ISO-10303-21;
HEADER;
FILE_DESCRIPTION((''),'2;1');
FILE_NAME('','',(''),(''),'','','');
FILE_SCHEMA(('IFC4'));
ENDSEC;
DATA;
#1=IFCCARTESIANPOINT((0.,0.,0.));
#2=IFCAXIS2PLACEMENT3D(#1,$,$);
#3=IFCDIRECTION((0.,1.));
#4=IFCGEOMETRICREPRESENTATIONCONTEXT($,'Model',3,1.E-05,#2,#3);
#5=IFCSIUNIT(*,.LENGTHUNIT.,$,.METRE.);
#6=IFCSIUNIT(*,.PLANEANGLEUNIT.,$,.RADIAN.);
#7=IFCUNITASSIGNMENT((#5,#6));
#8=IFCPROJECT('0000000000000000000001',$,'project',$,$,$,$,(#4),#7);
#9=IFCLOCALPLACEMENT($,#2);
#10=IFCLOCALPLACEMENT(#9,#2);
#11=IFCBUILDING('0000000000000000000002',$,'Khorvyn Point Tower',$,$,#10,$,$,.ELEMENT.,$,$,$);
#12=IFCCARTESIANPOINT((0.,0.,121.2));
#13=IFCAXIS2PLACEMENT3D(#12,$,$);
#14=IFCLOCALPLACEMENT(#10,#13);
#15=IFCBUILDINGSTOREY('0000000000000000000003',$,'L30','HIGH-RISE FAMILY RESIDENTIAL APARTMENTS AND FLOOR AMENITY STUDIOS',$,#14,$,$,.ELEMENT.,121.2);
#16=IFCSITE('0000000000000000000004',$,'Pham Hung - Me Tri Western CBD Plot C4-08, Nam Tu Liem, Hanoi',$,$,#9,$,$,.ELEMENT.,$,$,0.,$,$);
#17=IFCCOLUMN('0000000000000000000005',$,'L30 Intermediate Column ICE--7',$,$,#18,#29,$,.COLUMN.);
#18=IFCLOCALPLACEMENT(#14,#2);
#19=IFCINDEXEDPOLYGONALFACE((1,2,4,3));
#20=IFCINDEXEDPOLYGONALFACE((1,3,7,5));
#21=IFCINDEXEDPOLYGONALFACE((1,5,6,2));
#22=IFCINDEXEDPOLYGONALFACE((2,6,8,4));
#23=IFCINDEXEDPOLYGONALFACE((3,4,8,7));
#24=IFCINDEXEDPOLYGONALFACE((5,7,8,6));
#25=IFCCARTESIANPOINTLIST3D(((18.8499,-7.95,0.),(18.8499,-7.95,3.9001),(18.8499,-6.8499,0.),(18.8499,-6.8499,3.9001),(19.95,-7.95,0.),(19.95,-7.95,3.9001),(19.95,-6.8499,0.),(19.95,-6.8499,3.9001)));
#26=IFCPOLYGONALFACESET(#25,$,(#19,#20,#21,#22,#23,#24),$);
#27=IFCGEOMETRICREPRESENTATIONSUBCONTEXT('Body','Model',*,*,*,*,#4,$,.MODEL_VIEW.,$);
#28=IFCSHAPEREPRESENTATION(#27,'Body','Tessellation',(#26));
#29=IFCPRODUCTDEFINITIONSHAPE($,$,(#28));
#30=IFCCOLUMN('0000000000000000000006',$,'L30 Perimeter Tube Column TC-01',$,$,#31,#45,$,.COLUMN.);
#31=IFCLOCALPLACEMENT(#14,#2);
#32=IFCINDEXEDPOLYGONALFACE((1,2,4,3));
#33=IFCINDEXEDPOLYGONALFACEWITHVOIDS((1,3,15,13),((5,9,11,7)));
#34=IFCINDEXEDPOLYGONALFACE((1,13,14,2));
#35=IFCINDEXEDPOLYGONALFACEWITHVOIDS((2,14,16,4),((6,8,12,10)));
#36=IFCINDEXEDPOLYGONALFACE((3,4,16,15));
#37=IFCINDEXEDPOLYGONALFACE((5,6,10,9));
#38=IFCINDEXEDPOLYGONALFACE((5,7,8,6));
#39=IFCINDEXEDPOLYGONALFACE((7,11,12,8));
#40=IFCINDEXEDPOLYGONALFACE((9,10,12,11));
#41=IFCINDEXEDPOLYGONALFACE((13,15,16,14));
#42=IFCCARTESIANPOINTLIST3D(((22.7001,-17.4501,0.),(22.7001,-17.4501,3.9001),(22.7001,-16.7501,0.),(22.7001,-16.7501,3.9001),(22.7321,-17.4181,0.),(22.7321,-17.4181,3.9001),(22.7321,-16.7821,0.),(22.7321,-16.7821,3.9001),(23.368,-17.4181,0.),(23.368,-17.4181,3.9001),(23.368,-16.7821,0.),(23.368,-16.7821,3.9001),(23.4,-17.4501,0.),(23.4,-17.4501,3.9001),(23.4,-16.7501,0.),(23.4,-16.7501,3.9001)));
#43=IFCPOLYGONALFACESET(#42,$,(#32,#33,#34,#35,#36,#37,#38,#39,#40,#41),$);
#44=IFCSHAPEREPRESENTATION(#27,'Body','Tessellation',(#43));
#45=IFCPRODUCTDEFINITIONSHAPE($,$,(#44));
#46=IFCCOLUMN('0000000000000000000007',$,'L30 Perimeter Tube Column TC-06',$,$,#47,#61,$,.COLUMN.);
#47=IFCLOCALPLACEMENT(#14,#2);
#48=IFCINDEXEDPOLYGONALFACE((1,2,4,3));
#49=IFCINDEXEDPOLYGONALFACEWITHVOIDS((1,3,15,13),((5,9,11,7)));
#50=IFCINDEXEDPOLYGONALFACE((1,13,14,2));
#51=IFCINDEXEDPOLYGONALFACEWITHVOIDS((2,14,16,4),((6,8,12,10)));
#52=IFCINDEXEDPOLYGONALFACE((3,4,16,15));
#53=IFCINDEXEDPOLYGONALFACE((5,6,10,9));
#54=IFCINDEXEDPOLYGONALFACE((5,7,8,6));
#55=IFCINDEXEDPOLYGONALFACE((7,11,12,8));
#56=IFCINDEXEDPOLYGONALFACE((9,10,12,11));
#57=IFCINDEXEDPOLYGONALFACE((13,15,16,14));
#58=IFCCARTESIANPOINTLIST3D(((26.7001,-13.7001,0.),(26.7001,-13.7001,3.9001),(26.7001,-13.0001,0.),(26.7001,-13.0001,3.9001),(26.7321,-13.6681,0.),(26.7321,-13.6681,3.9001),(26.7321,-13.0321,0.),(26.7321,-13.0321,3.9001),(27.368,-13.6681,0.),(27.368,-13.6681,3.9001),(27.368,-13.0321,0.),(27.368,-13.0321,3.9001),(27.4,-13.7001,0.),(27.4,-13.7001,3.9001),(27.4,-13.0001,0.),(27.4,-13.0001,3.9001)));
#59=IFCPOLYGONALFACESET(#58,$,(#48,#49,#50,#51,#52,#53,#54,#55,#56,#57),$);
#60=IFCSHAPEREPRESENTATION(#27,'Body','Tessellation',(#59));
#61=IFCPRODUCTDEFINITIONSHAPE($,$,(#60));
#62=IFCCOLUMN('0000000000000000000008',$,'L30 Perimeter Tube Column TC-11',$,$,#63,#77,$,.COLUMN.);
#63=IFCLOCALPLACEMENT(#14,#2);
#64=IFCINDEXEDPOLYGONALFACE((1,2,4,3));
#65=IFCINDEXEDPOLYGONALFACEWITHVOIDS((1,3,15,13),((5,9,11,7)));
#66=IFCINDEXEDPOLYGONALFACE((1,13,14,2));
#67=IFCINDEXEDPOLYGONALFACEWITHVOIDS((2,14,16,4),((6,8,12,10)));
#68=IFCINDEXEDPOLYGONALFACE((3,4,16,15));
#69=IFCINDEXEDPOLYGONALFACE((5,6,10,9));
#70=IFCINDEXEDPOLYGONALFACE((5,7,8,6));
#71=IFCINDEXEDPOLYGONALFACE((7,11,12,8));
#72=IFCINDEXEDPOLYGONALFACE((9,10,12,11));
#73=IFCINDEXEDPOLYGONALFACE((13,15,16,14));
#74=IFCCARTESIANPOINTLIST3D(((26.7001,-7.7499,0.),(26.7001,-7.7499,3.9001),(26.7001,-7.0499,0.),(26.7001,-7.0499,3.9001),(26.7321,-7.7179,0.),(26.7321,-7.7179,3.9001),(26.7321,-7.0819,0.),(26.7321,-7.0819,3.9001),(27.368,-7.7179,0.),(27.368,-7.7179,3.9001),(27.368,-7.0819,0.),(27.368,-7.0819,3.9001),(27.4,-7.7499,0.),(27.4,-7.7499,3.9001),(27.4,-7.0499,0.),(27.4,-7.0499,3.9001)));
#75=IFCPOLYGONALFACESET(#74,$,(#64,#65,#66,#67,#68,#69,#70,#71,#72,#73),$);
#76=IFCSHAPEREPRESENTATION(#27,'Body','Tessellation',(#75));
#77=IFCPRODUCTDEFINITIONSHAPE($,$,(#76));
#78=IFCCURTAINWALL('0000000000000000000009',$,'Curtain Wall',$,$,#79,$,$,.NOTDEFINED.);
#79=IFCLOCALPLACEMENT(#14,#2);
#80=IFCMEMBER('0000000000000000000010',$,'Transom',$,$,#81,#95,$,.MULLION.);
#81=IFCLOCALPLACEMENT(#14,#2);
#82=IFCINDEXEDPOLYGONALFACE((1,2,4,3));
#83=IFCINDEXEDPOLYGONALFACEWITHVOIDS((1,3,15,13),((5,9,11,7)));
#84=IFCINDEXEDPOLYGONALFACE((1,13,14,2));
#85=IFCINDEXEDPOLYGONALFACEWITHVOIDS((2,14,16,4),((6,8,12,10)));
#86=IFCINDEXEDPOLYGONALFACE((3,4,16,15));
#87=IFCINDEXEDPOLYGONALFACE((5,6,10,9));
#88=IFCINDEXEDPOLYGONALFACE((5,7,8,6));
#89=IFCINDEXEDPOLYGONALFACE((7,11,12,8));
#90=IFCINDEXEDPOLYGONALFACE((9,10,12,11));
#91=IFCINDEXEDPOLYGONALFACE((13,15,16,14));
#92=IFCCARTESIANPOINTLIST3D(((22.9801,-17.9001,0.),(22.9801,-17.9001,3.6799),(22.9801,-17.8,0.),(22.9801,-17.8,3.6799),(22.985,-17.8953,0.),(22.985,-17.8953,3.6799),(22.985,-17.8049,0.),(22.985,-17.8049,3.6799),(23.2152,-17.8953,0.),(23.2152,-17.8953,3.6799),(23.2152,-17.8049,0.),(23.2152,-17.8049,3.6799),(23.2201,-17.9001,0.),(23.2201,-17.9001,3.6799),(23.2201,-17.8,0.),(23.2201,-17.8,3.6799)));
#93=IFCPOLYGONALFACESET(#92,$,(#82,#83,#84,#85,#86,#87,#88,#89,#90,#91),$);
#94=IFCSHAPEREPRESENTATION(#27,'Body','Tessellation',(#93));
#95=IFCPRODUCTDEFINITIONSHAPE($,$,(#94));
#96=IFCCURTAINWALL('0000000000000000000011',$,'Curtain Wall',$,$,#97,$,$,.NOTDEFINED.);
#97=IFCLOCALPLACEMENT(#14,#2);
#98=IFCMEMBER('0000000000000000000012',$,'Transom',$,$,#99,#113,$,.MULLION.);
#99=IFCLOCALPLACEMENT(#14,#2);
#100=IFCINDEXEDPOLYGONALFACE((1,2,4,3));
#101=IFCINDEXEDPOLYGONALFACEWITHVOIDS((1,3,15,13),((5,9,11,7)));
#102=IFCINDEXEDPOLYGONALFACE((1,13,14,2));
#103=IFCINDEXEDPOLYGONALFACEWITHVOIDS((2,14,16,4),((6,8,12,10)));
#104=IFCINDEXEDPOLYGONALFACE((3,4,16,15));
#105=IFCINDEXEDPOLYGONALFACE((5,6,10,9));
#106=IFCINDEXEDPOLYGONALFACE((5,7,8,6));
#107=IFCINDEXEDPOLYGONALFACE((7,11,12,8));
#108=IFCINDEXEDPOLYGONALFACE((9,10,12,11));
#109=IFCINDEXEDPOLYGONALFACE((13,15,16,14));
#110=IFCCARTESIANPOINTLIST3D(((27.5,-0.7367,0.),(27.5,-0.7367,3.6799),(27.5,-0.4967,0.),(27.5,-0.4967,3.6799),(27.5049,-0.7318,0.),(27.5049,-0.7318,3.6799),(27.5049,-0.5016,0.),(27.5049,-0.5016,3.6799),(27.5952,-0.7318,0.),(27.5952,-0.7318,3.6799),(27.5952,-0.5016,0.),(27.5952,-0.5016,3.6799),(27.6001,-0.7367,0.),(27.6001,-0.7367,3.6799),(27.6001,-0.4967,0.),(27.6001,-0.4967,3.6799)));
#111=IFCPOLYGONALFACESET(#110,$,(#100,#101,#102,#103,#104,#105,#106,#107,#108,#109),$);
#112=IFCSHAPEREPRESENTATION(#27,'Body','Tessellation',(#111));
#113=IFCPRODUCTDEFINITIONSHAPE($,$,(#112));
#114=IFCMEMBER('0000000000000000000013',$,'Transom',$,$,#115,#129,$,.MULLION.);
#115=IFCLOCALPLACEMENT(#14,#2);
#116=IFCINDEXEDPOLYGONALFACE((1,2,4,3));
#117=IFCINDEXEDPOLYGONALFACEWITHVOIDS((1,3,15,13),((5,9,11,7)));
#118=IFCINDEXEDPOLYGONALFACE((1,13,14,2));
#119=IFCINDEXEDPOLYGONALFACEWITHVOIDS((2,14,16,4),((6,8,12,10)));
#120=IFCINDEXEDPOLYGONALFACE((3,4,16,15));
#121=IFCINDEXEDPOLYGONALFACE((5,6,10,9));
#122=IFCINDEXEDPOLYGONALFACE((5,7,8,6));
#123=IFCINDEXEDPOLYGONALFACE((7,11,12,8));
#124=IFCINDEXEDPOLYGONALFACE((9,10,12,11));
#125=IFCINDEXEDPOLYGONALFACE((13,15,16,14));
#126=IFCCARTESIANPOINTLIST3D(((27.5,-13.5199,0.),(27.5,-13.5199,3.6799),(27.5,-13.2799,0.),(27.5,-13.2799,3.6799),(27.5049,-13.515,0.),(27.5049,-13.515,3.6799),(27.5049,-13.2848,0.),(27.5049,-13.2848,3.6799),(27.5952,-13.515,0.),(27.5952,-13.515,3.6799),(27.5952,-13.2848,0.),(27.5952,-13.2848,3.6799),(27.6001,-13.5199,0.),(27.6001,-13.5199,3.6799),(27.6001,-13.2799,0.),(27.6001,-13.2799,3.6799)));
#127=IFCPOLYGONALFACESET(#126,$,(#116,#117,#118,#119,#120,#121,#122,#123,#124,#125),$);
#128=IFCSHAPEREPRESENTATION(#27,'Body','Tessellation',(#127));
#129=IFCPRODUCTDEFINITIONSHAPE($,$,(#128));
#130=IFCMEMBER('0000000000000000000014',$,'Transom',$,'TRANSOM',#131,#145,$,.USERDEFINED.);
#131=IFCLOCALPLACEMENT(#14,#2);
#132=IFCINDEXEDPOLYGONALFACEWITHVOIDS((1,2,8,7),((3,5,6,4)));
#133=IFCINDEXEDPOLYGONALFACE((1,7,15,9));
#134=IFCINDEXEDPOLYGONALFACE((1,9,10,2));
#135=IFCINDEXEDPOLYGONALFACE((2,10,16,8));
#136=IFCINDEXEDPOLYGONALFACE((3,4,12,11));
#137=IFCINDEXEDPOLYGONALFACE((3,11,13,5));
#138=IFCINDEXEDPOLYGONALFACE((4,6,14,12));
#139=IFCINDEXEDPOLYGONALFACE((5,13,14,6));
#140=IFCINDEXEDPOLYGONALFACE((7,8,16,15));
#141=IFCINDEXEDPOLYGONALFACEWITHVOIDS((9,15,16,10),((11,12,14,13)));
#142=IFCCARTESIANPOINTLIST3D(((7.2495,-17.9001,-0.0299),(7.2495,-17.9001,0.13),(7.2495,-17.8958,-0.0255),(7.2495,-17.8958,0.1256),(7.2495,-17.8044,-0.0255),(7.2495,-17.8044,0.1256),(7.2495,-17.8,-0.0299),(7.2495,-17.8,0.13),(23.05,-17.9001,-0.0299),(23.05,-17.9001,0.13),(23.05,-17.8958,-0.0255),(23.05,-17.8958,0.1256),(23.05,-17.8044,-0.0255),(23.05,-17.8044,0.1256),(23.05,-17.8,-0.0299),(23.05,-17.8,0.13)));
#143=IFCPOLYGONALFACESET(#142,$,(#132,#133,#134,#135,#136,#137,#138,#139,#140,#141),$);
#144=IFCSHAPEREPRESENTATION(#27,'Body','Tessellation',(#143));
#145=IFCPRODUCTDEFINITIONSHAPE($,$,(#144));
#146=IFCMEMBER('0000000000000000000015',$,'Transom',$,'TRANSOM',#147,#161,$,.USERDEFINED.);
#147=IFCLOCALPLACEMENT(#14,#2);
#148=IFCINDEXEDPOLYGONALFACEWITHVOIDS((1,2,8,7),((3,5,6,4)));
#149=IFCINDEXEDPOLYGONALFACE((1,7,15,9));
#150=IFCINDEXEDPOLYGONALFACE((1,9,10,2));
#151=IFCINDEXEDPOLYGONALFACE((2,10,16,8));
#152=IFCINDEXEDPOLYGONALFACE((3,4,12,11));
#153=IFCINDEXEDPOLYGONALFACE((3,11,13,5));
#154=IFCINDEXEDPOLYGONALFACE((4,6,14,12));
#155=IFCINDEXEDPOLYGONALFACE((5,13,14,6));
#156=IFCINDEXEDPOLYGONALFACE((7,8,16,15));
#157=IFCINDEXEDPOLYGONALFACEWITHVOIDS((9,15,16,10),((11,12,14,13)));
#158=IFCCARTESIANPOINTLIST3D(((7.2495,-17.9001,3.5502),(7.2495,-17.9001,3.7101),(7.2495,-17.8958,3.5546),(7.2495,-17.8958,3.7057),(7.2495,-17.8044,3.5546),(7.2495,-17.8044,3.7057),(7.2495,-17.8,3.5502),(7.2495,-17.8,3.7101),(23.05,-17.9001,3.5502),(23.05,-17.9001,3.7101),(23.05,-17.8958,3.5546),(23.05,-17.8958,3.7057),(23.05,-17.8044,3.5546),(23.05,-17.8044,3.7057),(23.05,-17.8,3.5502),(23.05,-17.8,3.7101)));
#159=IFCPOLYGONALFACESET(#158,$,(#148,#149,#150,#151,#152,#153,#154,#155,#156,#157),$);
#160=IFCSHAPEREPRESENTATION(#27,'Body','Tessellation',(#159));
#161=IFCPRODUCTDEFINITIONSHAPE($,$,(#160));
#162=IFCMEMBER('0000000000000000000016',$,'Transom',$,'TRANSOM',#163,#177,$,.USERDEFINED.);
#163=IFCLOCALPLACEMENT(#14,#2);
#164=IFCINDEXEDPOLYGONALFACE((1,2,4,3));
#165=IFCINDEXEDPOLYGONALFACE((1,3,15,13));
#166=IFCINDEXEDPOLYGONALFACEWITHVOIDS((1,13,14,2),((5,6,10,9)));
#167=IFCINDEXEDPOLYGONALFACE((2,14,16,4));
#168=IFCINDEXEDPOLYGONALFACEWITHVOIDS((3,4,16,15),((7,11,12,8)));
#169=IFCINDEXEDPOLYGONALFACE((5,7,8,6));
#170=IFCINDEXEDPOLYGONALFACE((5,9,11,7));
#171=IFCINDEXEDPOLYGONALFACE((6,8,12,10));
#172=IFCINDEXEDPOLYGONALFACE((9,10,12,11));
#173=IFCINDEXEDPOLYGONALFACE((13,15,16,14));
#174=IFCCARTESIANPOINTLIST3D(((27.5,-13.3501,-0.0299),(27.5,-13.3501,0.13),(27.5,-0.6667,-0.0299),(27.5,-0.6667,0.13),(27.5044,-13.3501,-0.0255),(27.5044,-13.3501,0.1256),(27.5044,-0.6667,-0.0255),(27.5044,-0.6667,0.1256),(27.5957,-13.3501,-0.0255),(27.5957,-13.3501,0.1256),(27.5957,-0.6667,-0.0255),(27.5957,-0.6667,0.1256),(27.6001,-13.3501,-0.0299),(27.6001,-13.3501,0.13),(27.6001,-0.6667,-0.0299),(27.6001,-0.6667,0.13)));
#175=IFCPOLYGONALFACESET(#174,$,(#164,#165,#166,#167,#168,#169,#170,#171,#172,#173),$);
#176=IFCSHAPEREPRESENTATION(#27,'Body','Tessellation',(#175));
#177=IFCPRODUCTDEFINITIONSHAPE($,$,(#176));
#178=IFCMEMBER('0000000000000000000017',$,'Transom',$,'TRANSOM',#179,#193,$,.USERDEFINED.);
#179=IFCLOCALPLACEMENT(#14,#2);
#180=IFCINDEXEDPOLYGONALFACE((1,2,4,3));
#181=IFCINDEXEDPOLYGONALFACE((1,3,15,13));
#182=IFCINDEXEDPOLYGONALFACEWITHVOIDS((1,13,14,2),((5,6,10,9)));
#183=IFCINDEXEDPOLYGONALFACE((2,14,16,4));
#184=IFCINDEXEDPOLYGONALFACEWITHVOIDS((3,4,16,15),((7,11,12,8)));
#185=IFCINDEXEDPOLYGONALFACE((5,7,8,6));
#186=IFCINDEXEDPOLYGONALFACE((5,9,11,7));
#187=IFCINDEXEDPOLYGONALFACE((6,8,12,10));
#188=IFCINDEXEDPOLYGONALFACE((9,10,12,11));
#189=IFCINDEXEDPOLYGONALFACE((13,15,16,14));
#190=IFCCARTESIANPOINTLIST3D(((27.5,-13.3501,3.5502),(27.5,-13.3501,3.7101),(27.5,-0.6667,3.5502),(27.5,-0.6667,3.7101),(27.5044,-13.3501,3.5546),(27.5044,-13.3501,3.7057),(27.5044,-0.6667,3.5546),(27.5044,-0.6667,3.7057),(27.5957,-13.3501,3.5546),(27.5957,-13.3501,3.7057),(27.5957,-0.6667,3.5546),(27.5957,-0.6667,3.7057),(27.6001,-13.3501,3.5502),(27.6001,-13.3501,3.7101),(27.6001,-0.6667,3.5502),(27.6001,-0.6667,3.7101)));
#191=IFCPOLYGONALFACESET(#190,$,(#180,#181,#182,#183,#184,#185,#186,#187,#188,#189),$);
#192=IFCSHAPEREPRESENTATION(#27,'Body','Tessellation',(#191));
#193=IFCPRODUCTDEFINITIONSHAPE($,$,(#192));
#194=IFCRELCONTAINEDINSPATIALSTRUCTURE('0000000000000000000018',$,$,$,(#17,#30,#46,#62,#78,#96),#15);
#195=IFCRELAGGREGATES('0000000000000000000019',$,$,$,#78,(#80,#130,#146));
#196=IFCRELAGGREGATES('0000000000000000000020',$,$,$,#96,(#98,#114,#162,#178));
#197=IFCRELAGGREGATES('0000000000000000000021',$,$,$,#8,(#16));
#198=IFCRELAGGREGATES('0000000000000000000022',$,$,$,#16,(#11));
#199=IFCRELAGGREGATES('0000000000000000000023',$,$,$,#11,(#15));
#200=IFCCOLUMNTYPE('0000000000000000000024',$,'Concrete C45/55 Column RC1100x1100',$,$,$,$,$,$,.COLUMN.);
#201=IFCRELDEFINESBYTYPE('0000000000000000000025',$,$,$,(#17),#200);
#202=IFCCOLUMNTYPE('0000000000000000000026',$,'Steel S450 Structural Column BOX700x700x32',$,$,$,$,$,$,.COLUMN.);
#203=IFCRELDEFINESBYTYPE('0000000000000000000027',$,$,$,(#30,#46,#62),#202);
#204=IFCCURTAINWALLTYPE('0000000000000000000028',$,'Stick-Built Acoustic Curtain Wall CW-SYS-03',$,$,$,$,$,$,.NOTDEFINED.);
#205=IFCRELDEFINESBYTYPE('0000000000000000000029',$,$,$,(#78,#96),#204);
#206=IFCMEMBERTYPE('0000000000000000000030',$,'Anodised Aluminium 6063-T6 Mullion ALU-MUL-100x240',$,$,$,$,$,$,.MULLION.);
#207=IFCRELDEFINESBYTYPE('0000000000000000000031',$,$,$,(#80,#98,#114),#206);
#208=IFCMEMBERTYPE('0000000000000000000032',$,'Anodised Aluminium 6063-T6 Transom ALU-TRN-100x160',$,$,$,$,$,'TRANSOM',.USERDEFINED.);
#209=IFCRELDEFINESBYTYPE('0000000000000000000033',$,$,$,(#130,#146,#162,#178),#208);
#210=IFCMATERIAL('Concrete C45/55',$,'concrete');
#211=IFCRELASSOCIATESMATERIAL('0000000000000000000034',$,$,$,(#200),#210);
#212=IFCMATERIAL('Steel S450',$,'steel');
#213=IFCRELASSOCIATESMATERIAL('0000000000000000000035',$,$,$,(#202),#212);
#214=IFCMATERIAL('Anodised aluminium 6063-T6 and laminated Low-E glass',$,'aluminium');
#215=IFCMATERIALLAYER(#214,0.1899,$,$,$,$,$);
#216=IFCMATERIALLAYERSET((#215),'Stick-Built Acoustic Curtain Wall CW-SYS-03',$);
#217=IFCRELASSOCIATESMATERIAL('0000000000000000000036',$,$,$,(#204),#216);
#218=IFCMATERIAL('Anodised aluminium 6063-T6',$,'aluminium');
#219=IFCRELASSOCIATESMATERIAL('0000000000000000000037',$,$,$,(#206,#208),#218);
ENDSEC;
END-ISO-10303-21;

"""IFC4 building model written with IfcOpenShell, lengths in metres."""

from ifc_helpers import new_model, si_unit, direction, frame, origin, origin_2d, place, context, subcontext, project, spatial, rectangle, hollow_rectangle, extrude, material, layer, layer_set, material_profile, profile_set, type_object, element, aggregate, save


model = new_model("IFC4")

# Units and contexts
model_context = context("Model", 3, precision=1e-05, world=origin(), true_north=direction((0.0, 1.0)))
body_context = subcontext(model_context, "Body", "Model", "MODEL_VIEW")
ifc_project = project(units=[si_unit("LENGTHUNIT", "METRE"), si_unit("PLANEANGLEUNIT", "RADIAN")], contexts=[model_context])

# Site, building, storey
site_placement = place(None, origin())
site = spatial("IfcSite", under=ifc_project, at=site_placement, Name="Pham Hung - Me Tri Western CBD Plot C4-08, Nam Tu Liem, Hanoi", CompositionType="ELEMENT", RefElevation=0.0)
building_placement = place(site_placement, origin())
building = spatial("IfcBuilding", under=site, at=building_placement, Name="Khorvyn Point Tower", CompositionType="ELEMENT")
storey_placement = place(building_placement, frame((0.0, 0.0, 121.2)))
storey = spatial("IfcBuildingStorey", under=building, at=storey_placement, Name="L30", Description="HIGH-RISE FAMILY RESIDENTIAL APARTMENTS AND FLOOR AMENITY STUDIOS", CompositionType="ELEMENT", Elevation=121.2)

# Columns
ifc_material_1 = material(Name="Concrete C45/55", Category="concrete")
ifc_material_profile_1 = material_profile(ifc_material_1, rectangle(XDim=1.1001, YDim=1.1001, at=origin_2d()))
ifc_profile_set_1 = profile_set([ifc_material_profile_1], Name="Concrete C45/55 RC1100x1100")
column_type_1 = type_object("IfcColumnType", Name="Concrete C45/55 Column RC1100x1100", PredefinedType="COLUMN", material=ifc_profile_set_1)
column_placement = place(storey_placement, frame((19.3999, -7.3999, 0.0), z_axis=(0.0, 0.0, 1.0), x_axis=(1.0, 0.0, 0.0)))
element("IfcColumn", 1, at=column_placement, inside=storey, type_object=column_type_1, Name="L30 Intermediate Column ICE--7", PredefinedType="COLUMN", context=body_context, shape_type="SweptSolid", body=[
    extrude(rectangle(XDim=1.1001, YDim=1.1001, at=origin_2d()), origin(), (0.0, 0.0, 1.0), 3.9001),
])
ifc_material_2 = material(Name="Steel S450", Category="steel")
ifc_material_profile_2 = material_profile(ifc_material_2, hollow_rectangle(XDim=0.7, YDim=0.7, WallThickness=0.032, at=origin_2d()))
ifc_profile_set_2 = profile_set([ifc_material_profile_2], Name="Steel S450 BOX700x700x32")
column_type_2 = type_object("IfcColumnType", Name="Steel S450 Structural Column BOX700x700x32", PredefinedType="COLUMN", material=ifc_profile_set_2)
for number, where, z_axis, x_axis, name in (
    (2, (23.05, -17.1001, 0.0), (0.0, 0.0, 1.0), (1.0, 0.0, 0.0), "L30 Perimeter Tube Column TC-01"),
    (3, (27.05, -13.3501, 0.0), (0.0, 0.0, 1.0), (1.0, 0.0, 0.0), "L30 Perimeter Tube Column TC-06"),
    (4, (27.05, -7.3999, 0.0), (0.0, 0.0, 1.0), (1.0, 0.0, 0.0), "L30 Perimeter Tube Column TC-11"),
):
    element("IfcColumn", number, at=place(storey_placement, frame(where, z_axis=z_axis, x_axis=x_axis)), inside=storey, type_object=column_type_2, Name=name, PredefinedType="COLUMN", context=body_context, shape_type="SweptSolid", body=[
        extrude(hollow_rectangle(XDim=0.7, YDim=0.7, WallThickness=0.032, at=origin_2d()), origin(), (0.0, 0.0, 1.0), 3.9001),
    ])

# Curtain wall, member
ifc_material_3 = material(Name="Anodised aluminium 6063-T6 and laminated Low-E glass", Category="aluminium")
ifc_layer_1 = layer(ifc_material_3, 0.1899)
ifc_layer_set_1 = layer_set([ifc_layer_1], Name="Stick-Built Acoustic Curtain Wall CW-SYS-03")
curtain_wall_type = type_object("IfcCurtainWallType", Name="Stick-Built Acoustic Curtain Wall CW-SYS-03", PredefinedType="NOTDEFINED", material=ifc_layer_set_1)
curtain_wall_1_placement = place(storey_placement, origin())
curtain_wall_1 = element("IfcCurtainWall", 5, at=curtain_wall_1_placement, inside=storey, type_object=curtain_wall_type, Name="Curtain Wall", PredefinedType="NOTDEFINED")
ifc_material_4 = material(Name="Anodised aluminium 6063-T6", Category="aluminium")
ifc_material_profile_3 = material_profile(ifc_material_4, hollow_rectangle(XDim=0.1001, YDim=0.24, WallThickness=0.0049, at=origin_2d()))
ifc_profile_set_3 = profile_set([ifc_material_profile_3], Name="Anodised aluminium 6063-T6 ALU-MUL-100x240")
member_type_1 = type_object("IfcMemberType", Name="Anodised Aluminium 6063-T6 Mullion ALU-MUL-100x240", PredefinedType="MULLION", material=ifc_profile_set_3)
member_1_placement = place(storey_placement, frame((23.1001, -17.8501, 0.0), z_axis=(0.0, 0.0, 1.0), x_axis=(0.0, -1.0, 0.0)))
member_1 = element("IfcMember", 6, at=member_1_placement, type_object=member_type_1, Name="Transom", PredefinedType="MULLION", context=body_context, shape_type="SweptSolid", body=[
    extrude(hollow_rectangle(XDim=0.1001, YDim=0.24, WallThickness=0.0049, at=origin_2d()), origin(), (0.0, 0.0, 1.0), 3.6799),
])

# Curtain wall, members
curtain_wall_2_placement = place(storey_placement, origin())
curtain_wall_2 = element("IfcCurtainWall", 7, at=curtain_wall_2_placement, inside=storey, type_object=curtain_wall_type, Name="Curtain Wall", PredefinedType="NOTDEFINED")
member_2_placement = place(storey_placement, frame((27.55, -0.6167, 0.0), z_axis=(0.0, 0.0, 1.0), x_axis=(1.0, 0.0, 0.0)))
member_2 = element("IfcMember", 8, at=member_2_placement, type_object=member_type_1, Name="Transom", PredefinedType="MULLION", context=body_context, shape_type="SweptSolid", body=[
    extrude(hollow_rectangle(XDim=0.1001, YDim=0.24, WallThickness=0.0049, at=origin_2d()), origin(), (0.0, 0.0, 1.0), 3.6799),
])
member_3_placement = place(storey_placement, frame((27.55, -13.3999, 0.0), z_axis=(0.0, 0.0, 1.0), x_axis=(1.0, 0.0, 0.0)))
member_3 = element("IfcMember", 9, at=member_3_placement, type_object=member_type_1, Name="Transom", PredefinedType="MULLION", context=body_context, shape_type="SweptSolid", body=[
    extrude(hollow_rectangle(XDim=0.1001, YDim=0.24, WallThickness=0.0049, at=origin_2d()), origin(), (0.0, 0.0, 1.0), 3.6799),
])

# Members
ifc_material_profile_4 = material_profile(ifc_material_4, hollow_rectangle(XDim=0.1001, YDim=0.1599, WallThickness=0.0044, at=origin_2d()))
ifc_profile_set_4 = profile_set([ifc_material_profile_4], Name="Anodised aluminium 6063-T6 ALU-TRN-100x160")
member_type_2 = type_object("IfcMemberType", Name="Anodised Aluminium 6063-T6 Transom ALU-TRN-100x160", ElementType="TRANSOM", PredefinedType="USERDEFINED", material=ifc_profile_set_4)
member_4_placement = place(storey_placement, frame((23.05, -17.8501, 0.05), z_axis=(-1.0, 0.0, 0.0), x_axis=(0.0, -1.0, 0.0)))
member_4 = element("IfcMember", 10, at=member_4_placement, type_object=member_type_2, Name="Transom", ObjectType="TRANSOM", PredefinedType="USERDEFINED", context=body_context, shape_type="SweptSolid", body=[
    extrude(hollow_rectangle(XDim=0.1001, YDim=0.1599, WallThickness=0.0044, at=origin_2d()), origin(), (0.0, 0.0, 1.0), 15.8005),
])
member_5_placement = place(storey_placement, frame((23.05, -17.8501, 3.6301), z_axis=(-1.0, 0.0, 0.0), x_axis=(0.0, -1.0, 0.0)))
member_5 = element("IfcMember", 11, at=member_5_placement, type_object=member_type_2, Name="Transom", ObjectType="TRANSOM", PredefinedType="USERDEFINED", context=body_context, shape_type="SweptSolid", body=[
    extrude(hollow_rectangle(XDim=0.1001, YDim=0.1599, WallThickness=0.0044, at=origin_2d()), origin(), (0.0, 0.0, 1.0), 15.8005),
])
aggregate(curtain_wall_1, [member_1, member_4, member_5])
member_6_placement = place(storey_placement, frame((27.55, -0.6667, 0.05), z_axis=(0.0, -1.0, 0.0), x_axis=(1.0, 0.0, 0.0)))
member_6 = element("IfcMember", 12, at=member_6_placement, type_object=member_type_2, Name="Transom", ObjectType="TRANSOM", PredefinedType="USERDEFINED", context=body_context, shape_type="SweptSolid", body=[
    extrude(hollow_rectangle(XDim=0.1001, YDim=0.1599, WallThickness=0.0044, at=origin_2d()), origin(), (0.0, 0.0, 1.0), 12.6833),
])
member_7_placement = place(storey_placement, frame((27.55, -0.6667, 3.6301), z_axis=(0.0, -1.0, 0.0), x_axis=(1.0, 0.0, 0.0)))
member_7 = element("IfcMember", 13, at=member_7_placement, type_object=member_type_2, Name="Transom", ObjectType="TRANSOM", PredefinedType="USERDEFINED", context=body_context, shape_type="SweptSolid", body=[
    extrude(hollow_rectangle(XDim=0.1001, YDim=0.1599, WallThickness=0.0044, at=origin_2d()), origin(), (0.0, 0.0, 1.0), 12.6833),
])

aggregate(curtain_wall_2, [member_2, member_3, member_6, member_7])

save(model, "model.ifc")
